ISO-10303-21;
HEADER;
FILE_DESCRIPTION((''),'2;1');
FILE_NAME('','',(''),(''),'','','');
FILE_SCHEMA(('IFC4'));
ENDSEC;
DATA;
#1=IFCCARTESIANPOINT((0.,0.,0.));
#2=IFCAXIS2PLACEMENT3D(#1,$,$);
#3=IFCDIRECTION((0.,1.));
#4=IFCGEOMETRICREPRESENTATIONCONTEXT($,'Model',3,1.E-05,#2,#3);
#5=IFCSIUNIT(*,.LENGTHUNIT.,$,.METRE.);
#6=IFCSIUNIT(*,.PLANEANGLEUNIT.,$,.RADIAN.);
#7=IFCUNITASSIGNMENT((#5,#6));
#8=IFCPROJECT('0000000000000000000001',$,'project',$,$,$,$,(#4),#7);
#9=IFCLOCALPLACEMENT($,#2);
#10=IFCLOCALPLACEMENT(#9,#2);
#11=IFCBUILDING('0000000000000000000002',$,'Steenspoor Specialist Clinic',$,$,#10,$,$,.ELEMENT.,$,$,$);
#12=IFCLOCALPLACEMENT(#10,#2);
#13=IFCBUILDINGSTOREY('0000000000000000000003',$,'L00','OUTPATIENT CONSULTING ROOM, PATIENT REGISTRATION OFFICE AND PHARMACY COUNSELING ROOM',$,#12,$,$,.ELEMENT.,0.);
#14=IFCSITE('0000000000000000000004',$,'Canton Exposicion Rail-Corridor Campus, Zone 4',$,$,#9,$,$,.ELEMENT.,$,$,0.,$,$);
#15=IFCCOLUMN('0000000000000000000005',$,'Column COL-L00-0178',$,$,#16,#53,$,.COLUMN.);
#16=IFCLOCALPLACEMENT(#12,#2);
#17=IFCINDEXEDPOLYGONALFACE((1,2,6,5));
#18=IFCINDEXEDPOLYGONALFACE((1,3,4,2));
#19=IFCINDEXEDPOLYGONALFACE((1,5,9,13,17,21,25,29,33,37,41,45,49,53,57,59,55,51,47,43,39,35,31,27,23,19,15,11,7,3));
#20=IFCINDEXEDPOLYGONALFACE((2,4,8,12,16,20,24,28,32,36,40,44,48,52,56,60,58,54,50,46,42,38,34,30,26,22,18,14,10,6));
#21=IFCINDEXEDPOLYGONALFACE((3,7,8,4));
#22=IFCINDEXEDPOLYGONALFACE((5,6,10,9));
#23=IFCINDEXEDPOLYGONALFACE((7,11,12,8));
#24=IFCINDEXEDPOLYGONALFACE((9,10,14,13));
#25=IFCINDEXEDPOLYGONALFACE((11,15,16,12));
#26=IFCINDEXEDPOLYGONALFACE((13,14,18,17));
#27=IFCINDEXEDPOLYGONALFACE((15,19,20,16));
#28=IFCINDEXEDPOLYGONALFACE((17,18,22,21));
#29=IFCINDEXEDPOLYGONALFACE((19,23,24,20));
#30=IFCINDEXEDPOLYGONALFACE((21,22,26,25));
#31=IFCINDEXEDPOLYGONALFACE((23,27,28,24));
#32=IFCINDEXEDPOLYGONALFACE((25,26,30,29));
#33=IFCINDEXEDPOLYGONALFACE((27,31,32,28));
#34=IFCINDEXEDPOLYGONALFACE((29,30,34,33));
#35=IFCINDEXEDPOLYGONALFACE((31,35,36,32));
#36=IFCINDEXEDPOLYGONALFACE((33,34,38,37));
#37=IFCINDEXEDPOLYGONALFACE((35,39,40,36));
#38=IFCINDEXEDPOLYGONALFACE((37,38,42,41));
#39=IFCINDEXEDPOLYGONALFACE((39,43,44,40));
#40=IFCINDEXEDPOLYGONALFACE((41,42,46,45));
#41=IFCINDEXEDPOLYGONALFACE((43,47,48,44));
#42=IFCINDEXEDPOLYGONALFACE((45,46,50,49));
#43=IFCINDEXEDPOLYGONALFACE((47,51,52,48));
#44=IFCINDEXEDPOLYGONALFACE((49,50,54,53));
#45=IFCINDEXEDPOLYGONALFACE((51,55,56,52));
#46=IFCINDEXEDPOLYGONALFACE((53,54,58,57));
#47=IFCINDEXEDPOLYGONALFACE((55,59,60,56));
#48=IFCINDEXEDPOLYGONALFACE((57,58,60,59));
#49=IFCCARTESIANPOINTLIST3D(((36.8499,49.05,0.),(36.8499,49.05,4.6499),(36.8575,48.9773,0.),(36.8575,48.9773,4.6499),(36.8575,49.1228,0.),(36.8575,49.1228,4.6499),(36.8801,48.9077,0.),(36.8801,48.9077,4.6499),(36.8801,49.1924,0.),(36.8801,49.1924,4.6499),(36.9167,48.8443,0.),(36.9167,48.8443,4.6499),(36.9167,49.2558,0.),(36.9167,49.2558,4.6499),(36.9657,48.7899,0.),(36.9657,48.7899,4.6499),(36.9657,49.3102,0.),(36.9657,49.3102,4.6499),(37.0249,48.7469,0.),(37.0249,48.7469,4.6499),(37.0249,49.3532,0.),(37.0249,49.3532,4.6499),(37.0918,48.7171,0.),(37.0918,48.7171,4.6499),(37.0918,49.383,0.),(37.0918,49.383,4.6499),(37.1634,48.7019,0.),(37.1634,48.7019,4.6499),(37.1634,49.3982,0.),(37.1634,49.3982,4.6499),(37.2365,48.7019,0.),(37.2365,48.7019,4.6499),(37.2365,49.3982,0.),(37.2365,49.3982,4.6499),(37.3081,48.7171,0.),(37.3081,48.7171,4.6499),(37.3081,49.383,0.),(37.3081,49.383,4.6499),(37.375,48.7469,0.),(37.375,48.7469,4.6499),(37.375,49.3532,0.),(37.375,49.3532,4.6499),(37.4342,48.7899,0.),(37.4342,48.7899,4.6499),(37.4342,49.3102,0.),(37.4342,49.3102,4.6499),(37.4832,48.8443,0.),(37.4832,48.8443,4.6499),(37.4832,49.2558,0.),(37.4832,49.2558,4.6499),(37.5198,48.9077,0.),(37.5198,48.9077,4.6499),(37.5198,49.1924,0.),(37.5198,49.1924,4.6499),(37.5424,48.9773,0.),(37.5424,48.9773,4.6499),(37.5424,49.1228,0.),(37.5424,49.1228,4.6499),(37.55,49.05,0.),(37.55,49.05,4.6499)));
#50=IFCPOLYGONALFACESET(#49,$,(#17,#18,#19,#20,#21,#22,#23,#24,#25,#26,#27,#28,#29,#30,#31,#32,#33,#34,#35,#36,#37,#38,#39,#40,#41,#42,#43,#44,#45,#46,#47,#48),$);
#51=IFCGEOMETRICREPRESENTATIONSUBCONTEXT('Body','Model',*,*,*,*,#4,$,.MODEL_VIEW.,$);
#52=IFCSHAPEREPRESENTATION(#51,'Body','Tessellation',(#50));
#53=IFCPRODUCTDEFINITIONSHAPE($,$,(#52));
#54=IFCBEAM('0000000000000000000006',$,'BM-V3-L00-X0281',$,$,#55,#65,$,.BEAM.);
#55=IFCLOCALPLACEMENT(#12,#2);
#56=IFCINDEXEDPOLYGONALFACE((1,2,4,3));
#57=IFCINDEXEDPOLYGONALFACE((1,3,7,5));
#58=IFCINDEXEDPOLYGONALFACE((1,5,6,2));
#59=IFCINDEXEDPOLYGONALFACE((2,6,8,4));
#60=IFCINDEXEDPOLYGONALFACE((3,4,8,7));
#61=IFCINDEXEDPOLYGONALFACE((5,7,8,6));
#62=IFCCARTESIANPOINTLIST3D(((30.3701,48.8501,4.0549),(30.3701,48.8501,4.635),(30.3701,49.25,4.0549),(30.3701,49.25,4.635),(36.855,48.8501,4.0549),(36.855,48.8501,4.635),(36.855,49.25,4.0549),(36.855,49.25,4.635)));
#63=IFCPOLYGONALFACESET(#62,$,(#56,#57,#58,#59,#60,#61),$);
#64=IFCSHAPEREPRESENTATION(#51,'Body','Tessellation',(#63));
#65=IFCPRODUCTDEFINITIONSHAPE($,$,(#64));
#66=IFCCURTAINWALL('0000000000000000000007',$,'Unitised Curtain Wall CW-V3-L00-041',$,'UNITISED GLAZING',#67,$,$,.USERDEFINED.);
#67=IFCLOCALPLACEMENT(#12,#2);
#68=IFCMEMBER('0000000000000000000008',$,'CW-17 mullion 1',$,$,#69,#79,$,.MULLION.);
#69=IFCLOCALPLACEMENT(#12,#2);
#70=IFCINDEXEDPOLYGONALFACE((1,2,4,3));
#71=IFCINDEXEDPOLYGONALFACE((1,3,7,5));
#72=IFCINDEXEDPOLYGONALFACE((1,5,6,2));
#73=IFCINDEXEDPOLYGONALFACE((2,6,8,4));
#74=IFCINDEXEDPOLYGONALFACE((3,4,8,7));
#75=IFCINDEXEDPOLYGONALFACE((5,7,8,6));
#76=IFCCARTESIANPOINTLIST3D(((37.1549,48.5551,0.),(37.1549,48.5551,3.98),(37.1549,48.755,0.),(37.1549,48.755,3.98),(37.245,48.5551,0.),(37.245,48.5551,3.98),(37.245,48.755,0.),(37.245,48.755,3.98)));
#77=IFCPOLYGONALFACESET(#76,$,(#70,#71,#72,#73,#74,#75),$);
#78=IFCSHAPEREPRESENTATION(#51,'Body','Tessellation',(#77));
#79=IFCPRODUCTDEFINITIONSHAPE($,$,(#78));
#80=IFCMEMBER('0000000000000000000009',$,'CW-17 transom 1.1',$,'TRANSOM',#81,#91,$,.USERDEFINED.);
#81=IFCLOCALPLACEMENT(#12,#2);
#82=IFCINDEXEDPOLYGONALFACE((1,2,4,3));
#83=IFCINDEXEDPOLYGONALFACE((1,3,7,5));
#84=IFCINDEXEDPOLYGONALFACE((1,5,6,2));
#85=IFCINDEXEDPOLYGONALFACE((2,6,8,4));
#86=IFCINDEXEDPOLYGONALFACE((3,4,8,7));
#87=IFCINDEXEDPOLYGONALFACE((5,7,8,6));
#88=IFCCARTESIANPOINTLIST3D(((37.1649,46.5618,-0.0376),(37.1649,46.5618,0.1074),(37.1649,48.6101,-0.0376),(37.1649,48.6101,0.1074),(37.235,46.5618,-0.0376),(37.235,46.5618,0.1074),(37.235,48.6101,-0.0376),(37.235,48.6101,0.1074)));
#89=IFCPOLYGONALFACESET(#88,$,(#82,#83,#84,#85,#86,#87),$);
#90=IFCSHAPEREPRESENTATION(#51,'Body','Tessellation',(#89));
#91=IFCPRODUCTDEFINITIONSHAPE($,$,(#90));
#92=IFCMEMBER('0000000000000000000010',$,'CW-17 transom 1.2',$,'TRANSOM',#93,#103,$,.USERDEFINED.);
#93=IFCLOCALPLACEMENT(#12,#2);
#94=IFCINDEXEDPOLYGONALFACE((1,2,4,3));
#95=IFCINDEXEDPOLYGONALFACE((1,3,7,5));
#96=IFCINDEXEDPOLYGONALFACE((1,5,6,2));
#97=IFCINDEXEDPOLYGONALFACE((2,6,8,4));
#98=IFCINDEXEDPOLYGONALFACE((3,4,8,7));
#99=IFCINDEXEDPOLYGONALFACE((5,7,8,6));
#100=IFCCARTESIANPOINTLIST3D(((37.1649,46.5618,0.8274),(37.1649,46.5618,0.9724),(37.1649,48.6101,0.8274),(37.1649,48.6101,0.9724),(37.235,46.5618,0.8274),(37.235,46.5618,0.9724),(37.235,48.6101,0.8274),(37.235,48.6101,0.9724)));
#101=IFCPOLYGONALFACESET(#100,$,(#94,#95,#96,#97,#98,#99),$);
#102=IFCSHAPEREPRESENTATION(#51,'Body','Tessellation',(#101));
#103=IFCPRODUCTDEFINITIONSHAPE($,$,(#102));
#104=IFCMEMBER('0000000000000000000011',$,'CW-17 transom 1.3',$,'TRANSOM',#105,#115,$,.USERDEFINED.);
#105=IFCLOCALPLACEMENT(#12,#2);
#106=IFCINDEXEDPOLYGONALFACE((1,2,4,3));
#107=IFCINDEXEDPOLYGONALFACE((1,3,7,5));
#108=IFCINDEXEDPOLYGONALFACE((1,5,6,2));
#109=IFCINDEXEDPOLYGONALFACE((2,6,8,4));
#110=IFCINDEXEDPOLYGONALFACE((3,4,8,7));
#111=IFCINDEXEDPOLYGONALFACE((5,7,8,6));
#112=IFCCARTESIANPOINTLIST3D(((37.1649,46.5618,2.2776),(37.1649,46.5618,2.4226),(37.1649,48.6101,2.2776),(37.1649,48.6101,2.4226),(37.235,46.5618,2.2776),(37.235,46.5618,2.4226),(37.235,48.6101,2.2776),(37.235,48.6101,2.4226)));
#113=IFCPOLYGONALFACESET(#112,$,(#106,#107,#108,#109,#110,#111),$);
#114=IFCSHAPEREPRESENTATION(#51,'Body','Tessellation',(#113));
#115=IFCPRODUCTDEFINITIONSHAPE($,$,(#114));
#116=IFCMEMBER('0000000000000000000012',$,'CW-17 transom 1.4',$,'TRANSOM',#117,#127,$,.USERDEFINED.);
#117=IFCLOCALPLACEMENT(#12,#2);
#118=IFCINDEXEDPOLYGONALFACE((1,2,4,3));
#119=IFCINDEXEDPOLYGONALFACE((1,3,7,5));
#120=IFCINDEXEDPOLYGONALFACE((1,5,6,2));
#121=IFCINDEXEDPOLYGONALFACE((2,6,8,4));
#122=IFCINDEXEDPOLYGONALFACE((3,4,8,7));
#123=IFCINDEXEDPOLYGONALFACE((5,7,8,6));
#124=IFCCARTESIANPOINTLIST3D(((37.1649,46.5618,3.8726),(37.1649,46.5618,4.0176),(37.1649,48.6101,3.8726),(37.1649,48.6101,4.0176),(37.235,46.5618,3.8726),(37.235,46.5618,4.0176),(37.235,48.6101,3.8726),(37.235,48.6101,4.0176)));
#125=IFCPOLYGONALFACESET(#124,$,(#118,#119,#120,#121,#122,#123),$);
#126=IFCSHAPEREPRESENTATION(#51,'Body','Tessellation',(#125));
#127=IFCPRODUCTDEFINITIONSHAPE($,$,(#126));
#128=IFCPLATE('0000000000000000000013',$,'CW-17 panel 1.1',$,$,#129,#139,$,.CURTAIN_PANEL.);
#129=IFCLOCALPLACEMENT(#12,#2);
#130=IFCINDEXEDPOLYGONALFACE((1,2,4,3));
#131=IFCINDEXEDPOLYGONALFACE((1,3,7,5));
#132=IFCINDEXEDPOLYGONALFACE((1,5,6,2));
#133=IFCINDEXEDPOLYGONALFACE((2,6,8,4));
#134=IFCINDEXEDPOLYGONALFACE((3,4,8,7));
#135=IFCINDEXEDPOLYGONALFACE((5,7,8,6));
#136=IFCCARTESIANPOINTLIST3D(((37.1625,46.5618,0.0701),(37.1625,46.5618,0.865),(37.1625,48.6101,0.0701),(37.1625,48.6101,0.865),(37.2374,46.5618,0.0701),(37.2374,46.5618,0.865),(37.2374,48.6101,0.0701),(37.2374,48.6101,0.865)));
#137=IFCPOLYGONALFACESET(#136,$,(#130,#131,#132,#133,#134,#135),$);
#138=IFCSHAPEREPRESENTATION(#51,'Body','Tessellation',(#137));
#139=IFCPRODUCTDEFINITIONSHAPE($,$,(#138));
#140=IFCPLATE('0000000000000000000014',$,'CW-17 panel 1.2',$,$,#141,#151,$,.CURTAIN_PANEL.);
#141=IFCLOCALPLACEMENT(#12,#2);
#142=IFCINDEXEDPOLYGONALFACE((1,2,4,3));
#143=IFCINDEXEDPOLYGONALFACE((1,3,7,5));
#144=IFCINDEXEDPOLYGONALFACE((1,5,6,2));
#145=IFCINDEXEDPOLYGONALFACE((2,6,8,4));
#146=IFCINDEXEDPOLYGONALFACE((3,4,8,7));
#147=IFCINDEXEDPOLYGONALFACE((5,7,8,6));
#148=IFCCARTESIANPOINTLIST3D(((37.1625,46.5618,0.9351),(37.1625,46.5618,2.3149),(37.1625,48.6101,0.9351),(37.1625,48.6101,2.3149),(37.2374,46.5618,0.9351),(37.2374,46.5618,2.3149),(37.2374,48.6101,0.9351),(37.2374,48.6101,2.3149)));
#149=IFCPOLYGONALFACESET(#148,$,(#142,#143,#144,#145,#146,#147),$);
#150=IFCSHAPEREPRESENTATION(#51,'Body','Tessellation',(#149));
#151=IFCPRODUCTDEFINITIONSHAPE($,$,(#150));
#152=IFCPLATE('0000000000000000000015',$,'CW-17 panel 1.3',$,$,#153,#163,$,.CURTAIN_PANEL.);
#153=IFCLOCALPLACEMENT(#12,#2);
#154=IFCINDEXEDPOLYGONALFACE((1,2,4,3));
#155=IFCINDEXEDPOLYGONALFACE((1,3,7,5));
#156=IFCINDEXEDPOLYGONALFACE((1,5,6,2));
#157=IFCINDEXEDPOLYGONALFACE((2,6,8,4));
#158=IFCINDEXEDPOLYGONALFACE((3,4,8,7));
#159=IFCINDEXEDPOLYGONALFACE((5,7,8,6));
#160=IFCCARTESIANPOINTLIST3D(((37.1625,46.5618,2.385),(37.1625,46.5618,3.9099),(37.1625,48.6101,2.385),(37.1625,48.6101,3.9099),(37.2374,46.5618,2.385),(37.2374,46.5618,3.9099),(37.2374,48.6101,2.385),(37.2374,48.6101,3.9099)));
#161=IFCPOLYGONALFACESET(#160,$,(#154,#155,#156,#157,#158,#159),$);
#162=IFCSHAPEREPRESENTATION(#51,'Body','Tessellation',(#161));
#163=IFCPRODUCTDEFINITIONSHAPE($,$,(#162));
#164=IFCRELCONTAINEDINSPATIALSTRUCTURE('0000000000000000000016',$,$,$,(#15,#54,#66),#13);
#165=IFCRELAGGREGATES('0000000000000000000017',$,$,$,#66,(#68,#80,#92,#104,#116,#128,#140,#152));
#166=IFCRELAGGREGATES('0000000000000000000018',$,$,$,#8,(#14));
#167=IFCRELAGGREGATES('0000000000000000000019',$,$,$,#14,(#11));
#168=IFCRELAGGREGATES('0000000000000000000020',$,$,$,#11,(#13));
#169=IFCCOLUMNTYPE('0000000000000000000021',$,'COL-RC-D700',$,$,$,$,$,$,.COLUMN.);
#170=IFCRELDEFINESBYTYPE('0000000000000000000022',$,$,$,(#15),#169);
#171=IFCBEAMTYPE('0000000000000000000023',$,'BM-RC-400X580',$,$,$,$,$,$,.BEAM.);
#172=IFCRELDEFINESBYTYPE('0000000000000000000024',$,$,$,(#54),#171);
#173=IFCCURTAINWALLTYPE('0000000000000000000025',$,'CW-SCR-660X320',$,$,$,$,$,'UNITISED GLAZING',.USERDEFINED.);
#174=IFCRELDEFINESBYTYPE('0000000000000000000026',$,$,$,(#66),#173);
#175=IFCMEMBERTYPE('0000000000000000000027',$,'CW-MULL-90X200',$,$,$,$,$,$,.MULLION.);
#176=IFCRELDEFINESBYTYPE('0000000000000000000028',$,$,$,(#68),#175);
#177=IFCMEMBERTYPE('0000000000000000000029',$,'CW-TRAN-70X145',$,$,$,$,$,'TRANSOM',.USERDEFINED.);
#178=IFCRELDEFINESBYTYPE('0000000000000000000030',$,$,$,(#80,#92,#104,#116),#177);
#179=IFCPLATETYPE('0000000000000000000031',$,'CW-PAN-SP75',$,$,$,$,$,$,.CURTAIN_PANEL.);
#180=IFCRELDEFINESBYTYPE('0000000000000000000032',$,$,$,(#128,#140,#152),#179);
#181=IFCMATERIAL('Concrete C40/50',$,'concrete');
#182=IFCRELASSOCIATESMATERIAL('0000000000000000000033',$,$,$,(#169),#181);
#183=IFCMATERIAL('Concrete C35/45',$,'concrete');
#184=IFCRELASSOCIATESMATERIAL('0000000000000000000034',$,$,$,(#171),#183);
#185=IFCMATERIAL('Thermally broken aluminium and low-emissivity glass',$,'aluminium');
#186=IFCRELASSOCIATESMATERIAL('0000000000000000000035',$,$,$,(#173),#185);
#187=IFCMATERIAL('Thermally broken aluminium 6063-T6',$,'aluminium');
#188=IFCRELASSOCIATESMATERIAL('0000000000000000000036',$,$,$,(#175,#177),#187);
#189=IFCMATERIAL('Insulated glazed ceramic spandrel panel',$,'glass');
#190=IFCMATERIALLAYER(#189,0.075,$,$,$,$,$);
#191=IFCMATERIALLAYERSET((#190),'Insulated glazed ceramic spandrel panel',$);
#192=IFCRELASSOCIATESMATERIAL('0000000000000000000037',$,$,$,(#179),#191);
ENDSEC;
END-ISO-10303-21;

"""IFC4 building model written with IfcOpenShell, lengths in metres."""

from ifc_helpers import new_model, si_unit, direction, frame, origin, origin_2d, place, context, subcontext, project, spatial, rectangle, circle, extrude, material, layer, layer_set, material_profile, profile_set, type_object, element, aggregate, save


model = new_model("IFC4")

# Units and contexts
model_context = context("Model", 3, precision=1e-05, world=origin(), true_north=direction((0.0, 1.0)))
body_context = subcontext(model_context, "Body", "Model", "MODEL_VIEW")
ifc_project = project(units=[si_unit("LENGTHUNIT", "METRE"), si_unit("PLANEANGLEUNIT", "RADIAN")], contexts=[model_context])

# Site, building, storey
site_placement = place(None, origin())
site = spatial("IfcSite", under=ifc_project, at=site_placement, Name="Canton Exposicion Rail-Corridor Campus, Zone 4", CompositionType="ELEMENT", RefElevation=0.0)
building_placement = place(site_placement, origin())
building = spatial("IfcBuilding", under=site, at=building_placement, Name="Steenspoor Specialist Clinic", CompositionType="ELEMENT")
storey_placement = place(building_placement, origin())
storey = spatial("IfcBuildingStorey", under=building, at=storey_placement, Name="L00", Description="OUTPATIENT CONSULTING ROOM, PATIENT REGISTRATION OFFICE AND PHARMACY COUNSELING ROOM", CompositionType="ELEMENT", Elevation=0.0)

# Shared definitions
ifc_material_1 = material(Name="Concrete C35/45", Category="concrete")

# Column
ifc_material_2 = material(Name="Concrete C40/50", Category="concrete")
ifc_material_profile_1 = material_profile(ifc_material_2, circle(Radius=0.3501, at=origin_2d()), Name="RC-COL-D700")
ifc_profile_set_1 = profile_set([ifc_material_profile_1], Name="Concrete C40/50")
column_type_1 = type_object("IfcColumnType", Name="COL-RC-D700", PredefinedType="COLUMN", material=ifc_profile_set_1)
column_1_placement = place(storey_placement, frame((37.2, 49.05, 0.0), z_axis=(0.0, 0.0, 1.0), x_axis=(1.0, 0.0, 0.0)))
element("IfcColumn", 1, at=column_1_placement, inside=storey, type_object=column_type_1, Name="Column COL-L00-0178", PredefinedType="COLUMN", context=body_context, shape_type="SweptSolid", body=[
    extrude(circle(Radius=0.3501, at=origin_2d()), origin(), (0.0, 0.0, 1.0), 4.6499),
])

# Beam
ifc_material_profile_2 = material_profile(ifc_material_1, rectangle(XDim=0.3999, YDim=0.5801, at=origin_2d()), Name="RC-BM-400X580")
ifc_profile_set_2 = profile_set([ifc_material_profile_2], Name="Concrete C35/45")
beam_type = type_object("IfcBeamType", Name="BM-RC-400X580", PredefinedType="BEAM", material=ifc_profile_set_2)
beam_placement = place(storey_placement, frame((30.3701, 49.05, 4.345), z_axis=(1.0, 0.0, 0.0), x_axis=(0.0, 1.0, 0.0)))
element("IfcBeam", 2, at=beam_placement, inside=storey, type_object=beam_type, Name="BM-V3-L00-X0281", PredefinedType="BEAM", context=body_context, shape_type="SweptSolid", body=[
    extrude(rectangle(XDim=0.3999, YDim=0.5801, at=origin_2d()), origin(), (0.0, 0.0, 1.0), 6.4849),
])

# Curtain wall, members, plates
ifc_material_3 = material(Name="Thermally broken aluminium and low-emissivity glass", Category="aluminium")
curtain_wall_type = type_object("IfcCurtainWallType", Name="CW-SCR-660X320", ElementType="UNITISED GLAZING", PredefinedType="USERDEFINED", material=ifc_material_3)
curtain_wall_placement = place(storey_placement, origin())
curtain_wall = element("IfcCurtainWall", 3, at=curtain_wall_placement, inside=storey, type_object=curtain_wall_type, Name="Unitised Curtain Wall CW-V3-L00-041", ObjectType="UNITISED GLAZING", PredefinedType="USERDEFINED")
ifc_material_4 = material(Name="Thermally broken aluminium 6063-T6", Category="aluminium")
ifc_material_profile_3 = material_profile(ifc_material_4, rectangle(XDim=0.0901, YDim=0.2, at=origin_2d()), Name="CWM-90X200")
ifc_profile_set_3 = profile_set([ifc_material_profile_3], Name="Thermally broken aluminium 6063-T6")
member_type_1 = type_object("IfcMemberType", Name="CW-MULL-90X200", PredefinedType="MULLION", material=ifc_profile_set_3)
member_1_placement = place(storey_placement, frame((37.2, 48.655, 0.0), z_axis=(0.0, 0.0, 1.0), x_axis=(1.0, 0.0, 0.0)))
member_1 = element("IfcMember", 4, at=member_1_placement, type_object=member_type_1, Name="CW-17 mullion 1", PredefinedType="MULLION", context=body_context, shape_type="SweptSolid", body=[
    extrude(rectangle(XDim=0.0901, YDim=0.2, at=origin_2d()), origin(), (0.0, 0.0, 1.0), 3.98),
])
ifc_material_profile_4 = material_profile(ifc_material_4, rectangle(XDim=0.0701, YDim=0.145, at=origin_2d()), Name="CWT-70X145")
ifc_profile_set_4 = profile_set([ifc_material_profile_4], Name="Thermally broken aluminium 6063-T6")
member_type_2 = type_object("IfcMemberType", Name="CW-TRAN-70X145", ElementType="TRANSOM", PredefinedType="USERDEFINED", material=ifc_profile_set_4)
member_2_placement = place(storey_placement, frame((37.2, 48.6101, 0.0349), z_axis=(0.0, -1.0, 0.0), x_axis=(1.0, 0.0, 0.0)))
member_2 = element("IfcMember", 5, at=member_2_placement, type_object=member_type_2, Name="CW-17 transom 1.1", ObjectType="TRANSOM", PredefinedType="USERDEFINED", context=body_context, shape_type="SweptSolid", body=[
    extrude(rectangle(XDim=0.0701, YDim=0.145, at=origin_2d()), origin(), (0.0, 0.0, 1.0), 2.0483),
])
member_3_placement = place(storey_placement, frame((37.2, 48.6101, 0.8999), z_axis=(0.0, -1.0, 0.0), x_axis=(1.0, 0.0, 0.0)))
member_3 = element("IfcMember", 6, at=member_3_placement, type_object=member_type_2, Name="CW-17 transom 1.2", ObjectType="TRANSOM", PredefinedType="USERDEFINED", context=body_context, shape_type="SweptSolid", body=[
    extrude(rectangle(XDim=0.0701, YDim=0.145, at=origin_2d()), origin(), (0.0, 0.0, 1.0), 2.0483),
])
member_4_placement = place(storey_placement, frame((37.2, 48.6101, 2.3501), z_axis=(0.0, -1.0, 0.0), x_axis=(1.0, 0.0, 0.0)))
member_4 = element("IfcMember", 7, at=member_4_placement, type_object=member_type_2, Name="CW-17 transom 1.3", ObjectType="TRANSOM", PredefinedType="USERDEFINED", context=body_context, shape_type="SweptSolid", body=[
    extrude(rectangle(XDim=0.0701, YDim=0.145, at=origin_2d()), origin(), (0.0, 0.0, 1.0), 2.0483),
])
member_5_placement = place(storey_placement, frame((37.2, 48.6101, 3.9451), z_axis=(0.0, -1.0, 0.0), x_axis=(1.0, 0.0, 0.0)))
member_5 = element("IfcMember", 8, at=member_5_placement, type_object=member_type_2, Name="CW-17 transom 1.4", ObjectType="TRANSOM", PredefinedType="USERDEFINED", context=body_context, shape_type="SweptSolid", body=[
    extrude(rectangle(XDim=0.0701, YDim=0.145, at=origin_2d()), origin(), (0.0, 0.0, 1.0), 2.0483),
])
ifc_material_5 = material(Name="Insulated glazed ceramic spandrel panel", Category="glass")
ifc_layer_1 = layer(ifc_material_5, 0.075)
ifc_layer_set_1 = layer_set([ifc_layer_1], Name="Insulated glazed ceramic spandrel panel")
plate_type = type_object("IfcPlateType", Name="CW-PAN-SP75", PredefinedType="CURTAIN_PANEL", material=ifc_layer_set_1)
plate_1_placement = place(storey_placement, frame((37.2, 47.5859, 0.0701), z_axis=(0.0, 0.0, 1.0), x_axis=(0.0, -1.0, 0.0)))
plate_1 = element("IfcPlate", 9, at=plate_1_placement, type_object=plate_type, Name="CW-17 panel 1.1", PredefinedType="CURTAIN_PANEL", context=body_context, shape_type="SweptSolid", body=[
    extrude(rectangle(XDim=2.0483, YDim=0.075, at=origin_2d()), origin(), (0.0, 0.0, 1.0), 0.7949),
])
plate_2_placement = place(storey_placement, frame((37.2, 47.5859, 0.9351), z_axis=(0.0, 0.0, 1.0), x_axis=(0.0, -1.0, 0.0)))
plate_2 = element("IfcPlate", 10, at=plate_2_placement, type_object=plate_type, Name="CW-17 panel 1.2", PredefinedType="CURTAIN_PANEL", context=body_context, shape_type="SweptSolid", body=[
    extrude(rectangle(XDim=2.0483, YDim=0.075, at=origin_2d()), origin(), (0.0, 0.0, 1.0), 1.3799),
])
plate_3_placement = place(storey_placement, frame((37.2, 47.5859, 2.385), z_axis=(0.0, 0.0, 1.0), x_axis=(0.0, -1.0, 0.0)))
plate_3 = element("IfcPlate", 11, at=plate_3_placement, type_object=plate_type, Name="CW-17 panel 1.3", PredefinedType="CURTAIN_PANEL", context=body_context, shape_type="SweptSolid", body=[
    extrude(rectangle(XDim=2.0483, YDim=0.075, at=origin_2d()), origin(), (0.0, 0.0, 1.0), 1.5249),
])
aggregate(curtain_wall, [member_1, member_2, member_3, member_4, member_5, plate_1, plate_2, plate_3])

save(model, "model.ifc")
